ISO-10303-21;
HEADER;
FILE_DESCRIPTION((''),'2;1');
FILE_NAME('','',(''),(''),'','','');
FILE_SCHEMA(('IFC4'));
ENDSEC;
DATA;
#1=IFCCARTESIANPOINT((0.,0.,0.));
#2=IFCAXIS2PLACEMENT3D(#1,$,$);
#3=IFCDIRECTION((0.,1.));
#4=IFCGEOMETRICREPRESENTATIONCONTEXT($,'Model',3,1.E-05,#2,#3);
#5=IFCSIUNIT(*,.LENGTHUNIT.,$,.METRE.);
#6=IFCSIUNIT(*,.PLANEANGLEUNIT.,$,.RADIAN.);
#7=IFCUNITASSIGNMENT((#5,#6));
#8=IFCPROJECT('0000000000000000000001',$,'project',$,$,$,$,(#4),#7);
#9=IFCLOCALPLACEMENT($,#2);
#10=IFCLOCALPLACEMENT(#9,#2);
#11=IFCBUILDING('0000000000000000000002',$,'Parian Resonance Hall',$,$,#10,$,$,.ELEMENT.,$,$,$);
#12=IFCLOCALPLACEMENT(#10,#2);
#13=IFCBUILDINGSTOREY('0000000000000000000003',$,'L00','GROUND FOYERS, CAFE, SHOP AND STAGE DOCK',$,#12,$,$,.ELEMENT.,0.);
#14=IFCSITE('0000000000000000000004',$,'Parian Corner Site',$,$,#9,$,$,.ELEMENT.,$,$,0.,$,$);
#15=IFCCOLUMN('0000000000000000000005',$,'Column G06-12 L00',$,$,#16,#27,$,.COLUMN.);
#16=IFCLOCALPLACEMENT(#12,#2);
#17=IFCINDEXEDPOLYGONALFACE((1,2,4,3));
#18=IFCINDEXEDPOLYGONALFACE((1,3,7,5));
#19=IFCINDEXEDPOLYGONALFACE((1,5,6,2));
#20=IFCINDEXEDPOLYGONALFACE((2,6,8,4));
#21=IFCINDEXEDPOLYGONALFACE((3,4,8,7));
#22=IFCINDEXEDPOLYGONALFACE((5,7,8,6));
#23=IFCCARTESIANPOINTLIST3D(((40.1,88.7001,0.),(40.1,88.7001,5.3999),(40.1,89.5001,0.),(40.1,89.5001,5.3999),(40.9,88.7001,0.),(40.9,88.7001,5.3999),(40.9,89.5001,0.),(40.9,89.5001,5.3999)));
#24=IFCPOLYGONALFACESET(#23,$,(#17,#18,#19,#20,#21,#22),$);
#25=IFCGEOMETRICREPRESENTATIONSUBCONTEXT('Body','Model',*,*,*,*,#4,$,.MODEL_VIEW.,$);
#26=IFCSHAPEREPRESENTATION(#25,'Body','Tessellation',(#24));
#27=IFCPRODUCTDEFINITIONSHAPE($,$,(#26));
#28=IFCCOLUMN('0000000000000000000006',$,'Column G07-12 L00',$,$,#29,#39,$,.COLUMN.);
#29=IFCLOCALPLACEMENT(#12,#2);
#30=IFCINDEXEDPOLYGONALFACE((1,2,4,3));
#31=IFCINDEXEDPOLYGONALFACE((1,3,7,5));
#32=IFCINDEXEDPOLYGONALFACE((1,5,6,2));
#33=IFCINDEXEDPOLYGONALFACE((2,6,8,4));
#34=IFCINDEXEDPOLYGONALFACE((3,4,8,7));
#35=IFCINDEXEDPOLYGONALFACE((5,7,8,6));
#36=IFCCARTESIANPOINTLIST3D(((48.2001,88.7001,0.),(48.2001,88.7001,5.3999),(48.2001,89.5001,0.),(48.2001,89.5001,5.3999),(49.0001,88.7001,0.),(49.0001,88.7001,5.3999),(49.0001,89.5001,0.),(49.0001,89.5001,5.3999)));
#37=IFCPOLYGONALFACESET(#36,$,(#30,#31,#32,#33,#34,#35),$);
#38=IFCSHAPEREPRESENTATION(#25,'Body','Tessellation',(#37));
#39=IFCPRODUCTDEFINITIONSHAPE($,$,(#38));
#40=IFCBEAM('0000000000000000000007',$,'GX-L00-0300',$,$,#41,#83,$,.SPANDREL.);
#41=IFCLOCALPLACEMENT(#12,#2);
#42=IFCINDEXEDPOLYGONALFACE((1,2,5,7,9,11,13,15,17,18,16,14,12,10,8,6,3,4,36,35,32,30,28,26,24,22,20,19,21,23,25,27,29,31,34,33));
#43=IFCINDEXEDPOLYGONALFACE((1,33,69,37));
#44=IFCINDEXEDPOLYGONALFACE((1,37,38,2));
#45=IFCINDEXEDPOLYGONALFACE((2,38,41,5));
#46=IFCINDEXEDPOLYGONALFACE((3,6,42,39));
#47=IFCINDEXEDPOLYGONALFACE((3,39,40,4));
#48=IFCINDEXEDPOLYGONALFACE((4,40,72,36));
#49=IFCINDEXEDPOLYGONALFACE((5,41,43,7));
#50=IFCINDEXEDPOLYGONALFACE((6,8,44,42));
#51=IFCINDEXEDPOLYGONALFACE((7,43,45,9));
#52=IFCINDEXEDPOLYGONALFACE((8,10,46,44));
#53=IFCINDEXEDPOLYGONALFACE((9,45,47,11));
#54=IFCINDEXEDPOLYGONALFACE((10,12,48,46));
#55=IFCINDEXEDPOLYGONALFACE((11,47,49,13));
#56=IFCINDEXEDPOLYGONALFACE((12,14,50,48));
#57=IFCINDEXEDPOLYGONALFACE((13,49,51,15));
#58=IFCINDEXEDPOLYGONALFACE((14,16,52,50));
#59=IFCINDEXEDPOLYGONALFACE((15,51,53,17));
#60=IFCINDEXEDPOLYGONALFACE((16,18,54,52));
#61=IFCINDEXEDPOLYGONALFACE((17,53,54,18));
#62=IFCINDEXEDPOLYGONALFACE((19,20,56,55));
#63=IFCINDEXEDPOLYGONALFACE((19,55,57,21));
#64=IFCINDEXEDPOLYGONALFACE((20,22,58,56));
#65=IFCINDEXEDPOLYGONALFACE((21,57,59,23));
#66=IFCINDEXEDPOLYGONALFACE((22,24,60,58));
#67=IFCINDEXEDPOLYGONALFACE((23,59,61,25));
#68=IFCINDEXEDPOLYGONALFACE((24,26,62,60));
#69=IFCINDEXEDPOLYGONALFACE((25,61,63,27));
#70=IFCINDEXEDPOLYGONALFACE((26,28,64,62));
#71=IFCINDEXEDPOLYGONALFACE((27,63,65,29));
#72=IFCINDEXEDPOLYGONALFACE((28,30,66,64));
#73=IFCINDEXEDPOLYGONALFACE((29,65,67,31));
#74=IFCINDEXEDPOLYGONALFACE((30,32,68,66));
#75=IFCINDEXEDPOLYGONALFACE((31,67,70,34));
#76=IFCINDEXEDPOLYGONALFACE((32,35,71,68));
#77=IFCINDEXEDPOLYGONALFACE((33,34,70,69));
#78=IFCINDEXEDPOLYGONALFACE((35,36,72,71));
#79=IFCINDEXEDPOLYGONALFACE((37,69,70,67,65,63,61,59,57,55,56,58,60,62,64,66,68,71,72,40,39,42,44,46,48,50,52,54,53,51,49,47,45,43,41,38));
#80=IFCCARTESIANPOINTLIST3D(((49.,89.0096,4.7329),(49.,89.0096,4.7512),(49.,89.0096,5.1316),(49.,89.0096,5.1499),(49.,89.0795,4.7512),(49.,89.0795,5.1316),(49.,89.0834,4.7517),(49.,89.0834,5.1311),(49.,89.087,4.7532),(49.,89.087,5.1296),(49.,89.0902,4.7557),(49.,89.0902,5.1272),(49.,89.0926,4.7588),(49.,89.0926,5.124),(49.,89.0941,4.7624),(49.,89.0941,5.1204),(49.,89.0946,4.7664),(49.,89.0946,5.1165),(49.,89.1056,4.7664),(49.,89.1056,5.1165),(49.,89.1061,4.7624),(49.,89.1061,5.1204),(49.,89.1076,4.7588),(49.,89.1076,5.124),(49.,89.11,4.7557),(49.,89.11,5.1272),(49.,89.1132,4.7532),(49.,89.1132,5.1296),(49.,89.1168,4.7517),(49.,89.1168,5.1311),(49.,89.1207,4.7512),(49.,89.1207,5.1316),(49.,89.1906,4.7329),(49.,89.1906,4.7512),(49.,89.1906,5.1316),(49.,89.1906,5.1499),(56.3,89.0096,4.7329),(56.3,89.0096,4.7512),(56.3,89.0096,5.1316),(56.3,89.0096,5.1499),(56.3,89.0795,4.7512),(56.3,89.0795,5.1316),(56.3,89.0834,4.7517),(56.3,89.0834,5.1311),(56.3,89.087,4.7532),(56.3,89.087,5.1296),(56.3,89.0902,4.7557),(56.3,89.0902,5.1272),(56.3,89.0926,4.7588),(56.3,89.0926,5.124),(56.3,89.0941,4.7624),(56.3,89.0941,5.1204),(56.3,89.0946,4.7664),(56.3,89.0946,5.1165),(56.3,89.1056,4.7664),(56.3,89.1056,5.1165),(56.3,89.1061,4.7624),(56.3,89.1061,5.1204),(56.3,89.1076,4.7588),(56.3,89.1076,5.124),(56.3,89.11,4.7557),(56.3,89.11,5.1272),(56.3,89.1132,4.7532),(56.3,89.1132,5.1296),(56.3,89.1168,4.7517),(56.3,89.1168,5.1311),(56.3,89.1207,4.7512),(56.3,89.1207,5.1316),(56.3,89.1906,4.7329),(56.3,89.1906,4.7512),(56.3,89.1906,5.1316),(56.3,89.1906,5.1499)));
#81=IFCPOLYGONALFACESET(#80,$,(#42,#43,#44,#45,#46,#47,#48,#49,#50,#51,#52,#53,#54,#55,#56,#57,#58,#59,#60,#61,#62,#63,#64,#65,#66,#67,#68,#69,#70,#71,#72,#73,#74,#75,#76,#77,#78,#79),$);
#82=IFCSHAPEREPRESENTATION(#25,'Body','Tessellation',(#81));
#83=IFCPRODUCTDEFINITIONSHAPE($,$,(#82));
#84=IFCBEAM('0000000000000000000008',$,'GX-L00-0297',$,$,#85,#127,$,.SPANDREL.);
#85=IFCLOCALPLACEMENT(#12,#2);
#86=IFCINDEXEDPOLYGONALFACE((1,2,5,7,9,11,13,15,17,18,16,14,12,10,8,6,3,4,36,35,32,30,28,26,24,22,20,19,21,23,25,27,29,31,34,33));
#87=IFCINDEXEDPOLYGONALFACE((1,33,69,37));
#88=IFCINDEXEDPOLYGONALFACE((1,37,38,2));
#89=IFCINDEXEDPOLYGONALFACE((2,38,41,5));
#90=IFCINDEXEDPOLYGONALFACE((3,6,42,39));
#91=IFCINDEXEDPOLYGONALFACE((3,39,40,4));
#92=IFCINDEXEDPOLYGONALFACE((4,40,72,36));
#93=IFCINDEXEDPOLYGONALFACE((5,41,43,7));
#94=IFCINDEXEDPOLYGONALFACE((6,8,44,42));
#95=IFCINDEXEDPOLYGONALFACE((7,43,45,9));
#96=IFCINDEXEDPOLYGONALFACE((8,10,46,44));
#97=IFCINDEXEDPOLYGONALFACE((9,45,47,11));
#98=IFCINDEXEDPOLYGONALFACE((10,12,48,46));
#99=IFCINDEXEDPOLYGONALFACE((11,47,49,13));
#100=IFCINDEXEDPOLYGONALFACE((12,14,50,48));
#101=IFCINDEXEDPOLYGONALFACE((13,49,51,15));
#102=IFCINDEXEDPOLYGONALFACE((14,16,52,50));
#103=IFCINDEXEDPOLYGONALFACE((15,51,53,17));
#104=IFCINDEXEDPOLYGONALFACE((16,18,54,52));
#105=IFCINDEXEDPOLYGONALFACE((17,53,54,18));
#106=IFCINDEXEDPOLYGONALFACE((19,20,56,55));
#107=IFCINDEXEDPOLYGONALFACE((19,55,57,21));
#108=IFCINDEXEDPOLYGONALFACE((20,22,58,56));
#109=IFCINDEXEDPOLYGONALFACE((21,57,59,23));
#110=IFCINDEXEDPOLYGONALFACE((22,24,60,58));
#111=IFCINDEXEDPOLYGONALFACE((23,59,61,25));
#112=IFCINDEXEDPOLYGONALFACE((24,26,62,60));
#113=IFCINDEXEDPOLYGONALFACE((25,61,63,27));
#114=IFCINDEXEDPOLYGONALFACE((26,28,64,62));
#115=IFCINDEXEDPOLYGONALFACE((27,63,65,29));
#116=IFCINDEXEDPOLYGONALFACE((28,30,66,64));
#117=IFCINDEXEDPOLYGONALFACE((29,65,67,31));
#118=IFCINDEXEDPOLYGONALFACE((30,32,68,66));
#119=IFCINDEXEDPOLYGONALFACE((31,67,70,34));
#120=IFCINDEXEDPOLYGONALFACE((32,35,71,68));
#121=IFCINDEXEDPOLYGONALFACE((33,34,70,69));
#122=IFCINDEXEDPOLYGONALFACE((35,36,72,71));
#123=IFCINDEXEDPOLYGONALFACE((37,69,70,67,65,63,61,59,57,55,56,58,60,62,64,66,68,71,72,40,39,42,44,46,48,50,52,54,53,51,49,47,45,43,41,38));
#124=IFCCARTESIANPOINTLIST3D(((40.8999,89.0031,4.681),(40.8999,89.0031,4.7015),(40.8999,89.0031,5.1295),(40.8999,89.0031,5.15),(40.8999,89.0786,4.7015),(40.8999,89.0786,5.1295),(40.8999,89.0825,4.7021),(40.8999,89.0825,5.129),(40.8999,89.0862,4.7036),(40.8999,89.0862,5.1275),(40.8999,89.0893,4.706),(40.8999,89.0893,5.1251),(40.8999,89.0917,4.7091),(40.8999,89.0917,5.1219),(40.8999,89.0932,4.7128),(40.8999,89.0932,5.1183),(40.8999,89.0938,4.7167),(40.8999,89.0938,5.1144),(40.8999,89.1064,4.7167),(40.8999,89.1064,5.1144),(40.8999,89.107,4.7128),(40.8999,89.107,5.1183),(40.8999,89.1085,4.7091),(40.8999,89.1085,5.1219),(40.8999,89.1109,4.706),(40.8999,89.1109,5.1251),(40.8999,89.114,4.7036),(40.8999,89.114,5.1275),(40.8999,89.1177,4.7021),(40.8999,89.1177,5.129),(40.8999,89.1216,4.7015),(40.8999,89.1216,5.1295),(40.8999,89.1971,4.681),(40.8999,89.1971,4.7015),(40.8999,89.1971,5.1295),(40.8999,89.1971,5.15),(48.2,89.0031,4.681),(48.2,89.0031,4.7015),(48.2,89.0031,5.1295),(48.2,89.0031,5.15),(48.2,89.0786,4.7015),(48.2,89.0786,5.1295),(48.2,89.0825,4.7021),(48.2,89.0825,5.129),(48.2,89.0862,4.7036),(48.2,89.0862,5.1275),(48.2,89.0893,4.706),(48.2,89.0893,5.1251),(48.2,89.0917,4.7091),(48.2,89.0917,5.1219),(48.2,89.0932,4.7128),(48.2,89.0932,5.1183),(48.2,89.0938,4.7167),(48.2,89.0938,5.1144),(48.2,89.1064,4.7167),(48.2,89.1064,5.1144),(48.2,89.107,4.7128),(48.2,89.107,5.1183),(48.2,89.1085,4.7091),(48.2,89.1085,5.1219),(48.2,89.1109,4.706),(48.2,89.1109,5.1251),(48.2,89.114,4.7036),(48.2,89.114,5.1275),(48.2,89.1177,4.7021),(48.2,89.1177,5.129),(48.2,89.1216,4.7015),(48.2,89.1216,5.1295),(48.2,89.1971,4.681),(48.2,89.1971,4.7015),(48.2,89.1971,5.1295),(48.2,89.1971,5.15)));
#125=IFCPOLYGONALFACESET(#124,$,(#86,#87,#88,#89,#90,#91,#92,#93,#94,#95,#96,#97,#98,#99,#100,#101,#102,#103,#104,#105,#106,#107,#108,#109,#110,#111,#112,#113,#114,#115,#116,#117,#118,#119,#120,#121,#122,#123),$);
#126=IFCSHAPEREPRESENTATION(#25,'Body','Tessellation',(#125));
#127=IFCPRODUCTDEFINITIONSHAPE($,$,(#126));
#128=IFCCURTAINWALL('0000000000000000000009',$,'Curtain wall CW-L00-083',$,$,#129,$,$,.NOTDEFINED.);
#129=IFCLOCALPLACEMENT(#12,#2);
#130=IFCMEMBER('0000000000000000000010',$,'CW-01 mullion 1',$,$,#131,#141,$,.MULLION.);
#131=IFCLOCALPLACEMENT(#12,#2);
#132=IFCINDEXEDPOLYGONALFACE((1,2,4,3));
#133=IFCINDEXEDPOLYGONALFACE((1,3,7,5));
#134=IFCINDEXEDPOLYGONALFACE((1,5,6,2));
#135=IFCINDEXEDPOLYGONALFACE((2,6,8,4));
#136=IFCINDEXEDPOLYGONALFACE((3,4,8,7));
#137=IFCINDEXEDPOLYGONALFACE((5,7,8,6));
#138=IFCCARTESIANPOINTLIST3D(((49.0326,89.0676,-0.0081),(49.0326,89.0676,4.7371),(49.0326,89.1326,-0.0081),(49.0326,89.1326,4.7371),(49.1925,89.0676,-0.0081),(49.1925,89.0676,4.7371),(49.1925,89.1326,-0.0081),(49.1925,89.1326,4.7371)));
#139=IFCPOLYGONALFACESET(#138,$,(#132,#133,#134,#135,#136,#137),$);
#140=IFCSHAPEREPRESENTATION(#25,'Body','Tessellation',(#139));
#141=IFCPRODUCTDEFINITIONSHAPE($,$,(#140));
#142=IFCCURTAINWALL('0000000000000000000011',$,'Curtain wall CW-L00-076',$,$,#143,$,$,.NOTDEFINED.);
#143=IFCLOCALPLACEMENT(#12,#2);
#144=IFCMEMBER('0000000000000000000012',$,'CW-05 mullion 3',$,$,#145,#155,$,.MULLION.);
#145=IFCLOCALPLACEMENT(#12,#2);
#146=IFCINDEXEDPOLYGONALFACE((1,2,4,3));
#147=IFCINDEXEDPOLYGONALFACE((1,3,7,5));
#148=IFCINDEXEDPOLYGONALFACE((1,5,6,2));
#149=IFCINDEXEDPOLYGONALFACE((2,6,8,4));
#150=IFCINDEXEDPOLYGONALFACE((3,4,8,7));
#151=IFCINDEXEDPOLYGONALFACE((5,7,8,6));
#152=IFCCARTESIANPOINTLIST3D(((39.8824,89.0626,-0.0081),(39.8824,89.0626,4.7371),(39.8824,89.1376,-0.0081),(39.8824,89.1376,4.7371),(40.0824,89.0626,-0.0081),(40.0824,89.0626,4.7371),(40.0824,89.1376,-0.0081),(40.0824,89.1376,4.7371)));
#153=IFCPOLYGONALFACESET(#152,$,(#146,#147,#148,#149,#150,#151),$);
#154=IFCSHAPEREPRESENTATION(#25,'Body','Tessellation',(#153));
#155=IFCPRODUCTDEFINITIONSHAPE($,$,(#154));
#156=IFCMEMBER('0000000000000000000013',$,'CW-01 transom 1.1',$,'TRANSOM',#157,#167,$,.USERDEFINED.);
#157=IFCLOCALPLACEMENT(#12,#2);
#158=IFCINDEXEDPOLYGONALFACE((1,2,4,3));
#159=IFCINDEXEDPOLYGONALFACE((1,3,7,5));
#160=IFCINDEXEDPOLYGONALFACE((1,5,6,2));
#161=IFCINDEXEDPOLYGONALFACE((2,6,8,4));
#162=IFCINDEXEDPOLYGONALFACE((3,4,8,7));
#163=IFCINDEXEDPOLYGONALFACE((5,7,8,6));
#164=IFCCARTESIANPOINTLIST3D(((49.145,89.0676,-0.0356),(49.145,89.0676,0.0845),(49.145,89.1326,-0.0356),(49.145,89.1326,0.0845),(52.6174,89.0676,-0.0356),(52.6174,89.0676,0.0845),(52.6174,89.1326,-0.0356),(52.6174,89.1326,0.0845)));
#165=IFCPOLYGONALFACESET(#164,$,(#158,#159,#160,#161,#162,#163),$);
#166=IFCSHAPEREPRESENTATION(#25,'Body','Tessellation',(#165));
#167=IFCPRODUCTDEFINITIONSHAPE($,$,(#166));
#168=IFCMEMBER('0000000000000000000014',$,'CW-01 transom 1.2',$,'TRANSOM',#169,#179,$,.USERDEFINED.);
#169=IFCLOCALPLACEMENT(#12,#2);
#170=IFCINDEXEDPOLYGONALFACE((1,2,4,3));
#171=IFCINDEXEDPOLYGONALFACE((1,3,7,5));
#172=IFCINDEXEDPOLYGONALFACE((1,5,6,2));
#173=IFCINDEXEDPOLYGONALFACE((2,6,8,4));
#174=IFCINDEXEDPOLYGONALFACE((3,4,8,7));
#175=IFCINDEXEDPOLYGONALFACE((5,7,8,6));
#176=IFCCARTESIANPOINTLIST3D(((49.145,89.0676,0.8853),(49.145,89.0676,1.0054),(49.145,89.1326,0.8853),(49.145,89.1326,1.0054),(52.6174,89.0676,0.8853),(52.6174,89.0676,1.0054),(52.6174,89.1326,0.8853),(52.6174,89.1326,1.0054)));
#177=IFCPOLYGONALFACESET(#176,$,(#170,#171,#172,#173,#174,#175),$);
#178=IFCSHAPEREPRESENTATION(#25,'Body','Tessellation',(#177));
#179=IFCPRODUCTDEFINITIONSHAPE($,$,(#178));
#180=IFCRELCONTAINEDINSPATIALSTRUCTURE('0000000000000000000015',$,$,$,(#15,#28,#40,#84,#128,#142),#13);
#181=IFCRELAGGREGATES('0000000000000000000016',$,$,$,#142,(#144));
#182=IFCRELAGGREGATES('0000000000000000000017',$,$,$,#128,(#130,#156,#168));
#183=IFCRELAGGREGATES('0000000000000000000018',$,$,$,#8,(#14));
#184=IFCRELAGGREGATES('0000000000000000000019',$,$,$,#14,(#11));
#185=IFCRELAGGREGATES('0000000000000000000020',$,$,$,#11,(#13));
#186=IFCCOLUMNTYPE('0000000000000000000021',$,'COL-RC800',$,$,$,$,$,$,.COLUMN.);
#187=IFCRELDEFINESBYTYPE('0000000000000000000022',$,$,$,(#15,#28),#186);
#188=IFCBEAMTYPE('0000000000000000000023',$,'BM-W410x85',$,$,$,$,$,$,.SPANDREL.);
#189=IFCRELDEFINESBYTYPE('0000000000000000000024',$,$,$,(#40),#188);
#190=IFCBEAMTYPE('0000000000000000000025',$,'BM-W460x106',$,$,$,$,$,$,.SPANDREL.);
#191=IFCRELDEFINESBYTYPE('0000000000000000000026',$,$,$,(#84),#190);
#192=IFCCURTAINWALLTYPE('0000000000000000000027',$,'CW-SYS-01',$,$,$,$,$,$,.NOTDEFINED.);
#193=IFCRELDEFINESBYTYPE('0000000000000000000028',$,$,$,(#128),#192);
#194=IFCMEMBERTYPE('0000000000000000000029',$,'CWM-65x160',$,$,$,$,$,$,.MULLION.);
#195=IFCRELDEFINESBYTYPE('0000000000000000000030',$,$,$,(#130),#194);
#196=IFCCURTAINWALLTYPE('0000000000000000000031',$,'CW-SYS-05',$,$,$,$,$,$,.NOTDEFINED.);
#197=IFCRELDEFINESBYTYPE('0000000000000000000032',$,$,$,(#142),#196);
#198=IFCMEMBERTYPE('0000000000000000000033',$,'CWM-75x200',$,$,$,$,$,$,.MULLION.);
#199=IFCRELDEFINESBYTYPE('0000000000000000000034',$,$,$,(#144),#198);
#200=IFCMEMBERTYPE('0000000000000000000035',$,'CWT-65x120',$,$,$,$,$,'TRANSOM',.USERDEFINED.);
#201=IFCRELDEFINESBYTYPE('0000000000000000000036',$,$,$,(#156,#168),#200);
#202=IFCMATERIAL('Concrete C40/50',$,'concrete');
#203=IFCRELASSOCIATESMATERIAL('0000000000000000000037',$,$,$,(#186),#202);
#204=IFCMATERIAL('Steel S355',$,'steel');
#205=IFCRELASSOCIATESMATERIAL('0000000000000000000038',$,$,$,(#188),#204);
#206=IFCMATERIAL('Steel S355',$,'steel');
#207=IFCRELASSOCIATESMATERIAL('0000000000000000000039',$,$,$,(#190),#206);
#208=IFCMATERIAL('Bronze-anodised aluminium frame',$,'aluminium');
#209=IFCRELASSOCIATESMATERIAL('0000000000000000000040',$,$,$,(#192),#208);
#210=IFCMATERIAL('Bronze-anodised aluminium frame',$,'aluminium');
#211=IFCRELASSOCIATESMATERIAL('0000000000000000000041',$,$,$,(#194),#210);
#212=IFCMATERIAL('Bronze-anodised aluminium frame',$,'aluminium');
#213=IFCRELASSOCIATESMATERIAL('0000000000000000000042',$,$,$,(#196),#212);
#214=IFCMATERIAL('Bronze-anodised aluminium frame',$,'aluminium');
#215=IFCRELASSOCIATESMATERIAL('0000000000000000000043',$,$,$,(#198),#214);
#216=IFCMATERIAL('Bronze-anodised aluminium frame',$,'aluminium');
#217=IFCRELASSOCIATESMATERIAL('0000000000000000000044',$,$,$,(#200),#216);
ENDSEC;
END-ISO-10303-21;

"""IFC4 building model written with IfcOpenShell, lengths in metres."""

from ifc_helpers import new_model, si_unit, direction, frame, origin, origin_2d, place, context, subcontext, project, spatial, rectangle, i_section, extrude, material, material_profile, profile_set, type_object, element, aggregate, save


model = new_model("IFC4")

# Units and contexts
model_context = context("Model", 3, precision=1e-05, world=origin(), true_north=direction((0.0, 1.0)))
body_context = subcontext(model_context, "Body", "Model", "MODEL_VIEW")
ifc_project = project(units=[si_unit("LENGTHUNIT", "METRE"), si_unit("PLANEANGLEUNIT", "RADIAN")], contexts=[model_context])

# Site, building, storey
site_placement = place(None, origin())
site = spatial("IfcSite", under=ifc_project, at=site_placement, Name="Parian Corner Site", CompositionType="ELEMENT", RefElevation=0.0)
building_placement = place(site_placement, origin())
building = spatial("IfcBuilding", under=site, at=building_placement, Name="Parian Resonance Hall", CompositionType="ELEMENT")
storey_placement = place(building_placement, origin())
storey = spatial("IfcBuildingStorey", under=building, at=storey_placement, Name="L00", Description="GROUND FOYERS, CAFE, SHOP AND STAGE DOCK", CompositionType="ELEMENT", Elevation=0.0)

# Columns
ifc_material_1 = material(Name="Concrete C40/50", Category="concrete")
ifc_material_profile_1 = material_profile(ifc_material_1, rectangle(XDim=0.8, YDim=0.8, at=origin_2d()), Name="RC-COL-800x800")
ifc_profile_set_1 = profile_set([ifc_material_profile_1], Name="Concrete C40/50")
column_type = type_object("IfcColumnType", Name="COL-RC800", PredefinedType="COLUMN", material=ifc_profile_set_1)
for number, where, z_axis, x_axis, name in (
    (1, (40.5, 89.1001, 0.0), (0.0, 0.0, 1.0), (1.0, 0.0, 0.0), "Column G06-12 L00"),
    (2, (48.6001, 89.1001, 0.0), (0.0, 0.0, 1.0), (1.0, 0.0, 0.0), "Column G07-12 L00"),
):
    element("IfcColumn", number, at=place(storey_placement, frame(where, z_axis=z_axis, x_axis=x_axis)), inside=storey, type_object=column_type, Name=name, PredefinedType="COLUMN", context=body_context, shape_type="SweptSolid", body=[
        extrude(rectangle(XDim=0.8, YDim=0.8, at=origin_2d()), origin(), (0.0, 0.0, 1.0), 5.3999),
    ])

# Beams
ifc_material_2 = material(Name="Steel S355", Category="steel")
ifc_material_profile_2 = material_profile(ifc_material_2, i_section(OverallWidth=0.1809, OverallDepth=0.417, WebThickness=0.011, FlangeThickness=0.0183, FilletRadius=0.0151, at=origin_2d()), Name="W410x85")
ifc_profile_set_2 = profile_set([ifc_material_profile_2], Name="Steel S355")
beam_type_1 = type_object("IfcBeamType", Name="BM-W410x85", PredefinedType="SPANDREL", material=ifc_profile_set_2)
beam_1_placement = place(storey_placement, frame((49.0, 89.1001, 4.9414), z_axis=(1.0, 0.0, 0.0), x_axis=(0.0, 1.0, 0.0)))
element("IfcBeam", 3, at=beam_1_placement, inside=storey, type_object=beam_type_1, Name="GX-L00-0300", PredefinedType="SPANDREL", context=body_context, shape_type="SweptSolid", body=[
    extrude(i_section(OverallWidth=0.1809, OverallDepth=0.417, WebThickness=0.011, FlangeThickness=0.0183, FilletRadius=0.0151, at=origin_2d()), origin(), (0.0, 0.0, 1.0), 7.3),
])
ifc_material_3 = material(Name="Steel S355", Category="steel")
ifc_material_profile_3 = material_profile(ifc_material_3, i_section(OverallWidth=0.1941, OverallDepth=0.469, WebThickness=0.0127, FlangeThickness=0.0205, FilletRadius=0.0151, at=origin_2d()), Name="W460x106")
ifc_profile_set_3 = profile_set([ifc_material_profile_3], Name="Steel S355")
beam_type_2 = type_object("IfcBeamType", Name="BM-W460x106", PredefinedType="SPANDREL", material=ifc_profile_set_3)
beam_2_placement = place(storey_placement, frame((40.8999, 89.1001, 4.9155), z_axis=(1.0, 0.0, 0.0), x_axis=(0.0, 1.0, 0.0)))
element("IfcBeam", 4, at=beam_2_placement, inside=storey, type_object=beam_type_2, Name="GX-L00-0297", PredefinedType="SPANDREL", context=body_context, shape_type="SweptSolid", body=[
    extrude(i_section(OverallWidth=0.1941, OverallDepth=0.469, WebThickness=0.0127, FlangeThickness=0.0205, FilletRadius=0.0151, at=origin_2d()), origin(), (0.0, 0.0, 1.0), 7.3),
])

# Curtain walls, members
ifc_material_4 = material(Name="Bronze-anodised aluminium frame", Category="aluminium")
curtain_wall_type_1 = type_object("IfcCurtainWallType", Name="CW-SYS-01", PredefinedType="NOTDEFINED", material=ifc_material_4)
curtain_wall_1_placement = place(storey_placement, origin())
curtain_wall_1 = element("IfcCurtainWall", 5, at=curtain_wall_1_placement, inside=storey, type_object=curtain_wall_type_1, Name="Curtain wall CW-L00-083", PredefinedType="NOTDEFINED")
ifc_material_5 = material(Name="Bronze-anodised aluminium frame", Category="aluminium")
ifc_material_profile_4 = material_profile(ifc_material_5, rectangle(XDim=0.0649, YDim=0.1599, at=origin_2d()), Name="CWM-65x160")
ifc_profile_set_4 = profile_set([ifc_material_profile_4], Name="Bronze-anodised aluminium frame")
member_type_1 = type_object("IfcMemberType", Name="CWM-65x160", PredefinedType="MULLION", material=ifc_profile_set_4)
member_1_placement = place(storey_placement, frame((49.1125, 89.1001, -0.0081), z_axis=(0.0, 0.0, 1.0), x_axis=(0.0, 1.0, 0.0)))
member_1 = element("IfcMember", 6, at=member_1_placement, type_object=member_type_1, Name="CW-01 mullion 1", PredefinedType="MULLION", context=body_context, shape_type="SweptSolid", body=[
    extrude(rectangle(XDim=0.0649, YDim=0.1599, at=origin_2d()), origin(), (0.0, 0.0, 1.0), 4.7451),
])
ifc_material_6 = material(Name="Bronze-anodised aluminium frame", Category="aluminium")
curtain_wall_type_2 = type_object("IfcCurtainWallType", Name="CW-SYS-05", PredefinedType="NOTDEFINED", material=ifc_material_6)
curtain_wall_2_placement = place(storey_placement, origin())
curtain_wall_2 = element("IfcCurtainWall", 7, at=curtain_wall_2_placement, inside=storey, type_object=curtain_wall_type_2, Name="Curtain wall CW-L00-076", PredefinedType="NOTDEFINED")
ifc_material_7 = material(Name="Bronze-anodised aluminium frame", Category="aluminium")
ifc_material_profile_5 = material_profile(ifc_material_7, rectangle(XDim=0.075, YDim=0.2, at=origin_2d()), Name="CWM-75x200")
ifc_profile_set_5 = profile_set([ifc_material_profile_5], Name="Bronze-anodised aluminium frame")
member_type_2 = type_object("IfcMemberType", Name="CWM-75x200", PredefinedType="MULLION", material=ifc_profile_set_5)
member_2_placement = place(storey_placement, frame((39.9824, 89.1001, -0.0081), z_axis=(0.0, 0.0, 1.0), x_axis=(0.0, 1.0, 0.0)))
member_2 = element("IfcMember", 8, at=member_2_placement, type_object=member_type_2, Name="CW-05 mullion 3", PredefinedType="MULLION", context=body_context, shape_type="SweptSolid", body=[
    extrude(rectangle(XDim=0.075, YDim=0.2, at=origin_2d()), origin(), (0.0, 0.0, 1.0), 4.7451),
])

# Members
ifc_material_8 = material(Name="Bronze-anodised aluminium frame", Category="aluminium")
ifc_material_profile_6 = material_profile(ifc_material_8, rectangle(XDim=0.0649, YDim=0.1201, at=origin_2d()), Name="CWT-65x120")
ifc_profile_set_6 = profile_set([ifc_material_profile_6], Name="Bronze-anodised aluminium frame")
member_type_3 = type_object("IfcMemberType", Name="CWT-65x120", ElementType="TRANSOM", PredefinedType="USERDEFINED", material=ifc_profile_set_6)
member_3_placement = place(storey_placement, frame((49.145, 89.1001, 0.0244), z_axis=(1.0, 0.0, 0.0), x_axis=(0.0, 1.0, 0.0)))
member_3 = element("IfcMember", 9, at=member_3_placement, type_object=member_type_3, Name="CW-01 transom 1.1", ObjectType="TRANSOM", PredefinedType="USERDEFINED", context=body_context, shape_type="SweptSolid", body=[
    extrude(rectangle(XDim=0.0649, YDim=0.1201, at=origin_2d()), origin(), (0.0, 0.0, 1.0), 3.4724),
])
member_4_placement = place(storey_placement, frame((49.145, 89.1001, 0.9453), z_axis=(1.0, 0.0, 0.0), x_axis=(0.0, 1.0, 0.0)))
member_4 = element("IfcMember", 10, at=member_4_placement, type_object=member_type_3, Name="CW-01 transom 1.2", ObjectType="TRANSOM", PredefinedType="USERDEFINED", context=body_context, shape_type="SweptSolid", body=[
    extrude(rectangle(XDim=0.0649, YDim=0.1201, at=origin_2d()), origin(), (0.0, 0.0, 1.0), 3.4724),
])

aggregate(curtain_wall_2, [member_2])
aggregate(curtain_wall_1, [member_1, member_3, member_4])

save(model, "model.ifc")
